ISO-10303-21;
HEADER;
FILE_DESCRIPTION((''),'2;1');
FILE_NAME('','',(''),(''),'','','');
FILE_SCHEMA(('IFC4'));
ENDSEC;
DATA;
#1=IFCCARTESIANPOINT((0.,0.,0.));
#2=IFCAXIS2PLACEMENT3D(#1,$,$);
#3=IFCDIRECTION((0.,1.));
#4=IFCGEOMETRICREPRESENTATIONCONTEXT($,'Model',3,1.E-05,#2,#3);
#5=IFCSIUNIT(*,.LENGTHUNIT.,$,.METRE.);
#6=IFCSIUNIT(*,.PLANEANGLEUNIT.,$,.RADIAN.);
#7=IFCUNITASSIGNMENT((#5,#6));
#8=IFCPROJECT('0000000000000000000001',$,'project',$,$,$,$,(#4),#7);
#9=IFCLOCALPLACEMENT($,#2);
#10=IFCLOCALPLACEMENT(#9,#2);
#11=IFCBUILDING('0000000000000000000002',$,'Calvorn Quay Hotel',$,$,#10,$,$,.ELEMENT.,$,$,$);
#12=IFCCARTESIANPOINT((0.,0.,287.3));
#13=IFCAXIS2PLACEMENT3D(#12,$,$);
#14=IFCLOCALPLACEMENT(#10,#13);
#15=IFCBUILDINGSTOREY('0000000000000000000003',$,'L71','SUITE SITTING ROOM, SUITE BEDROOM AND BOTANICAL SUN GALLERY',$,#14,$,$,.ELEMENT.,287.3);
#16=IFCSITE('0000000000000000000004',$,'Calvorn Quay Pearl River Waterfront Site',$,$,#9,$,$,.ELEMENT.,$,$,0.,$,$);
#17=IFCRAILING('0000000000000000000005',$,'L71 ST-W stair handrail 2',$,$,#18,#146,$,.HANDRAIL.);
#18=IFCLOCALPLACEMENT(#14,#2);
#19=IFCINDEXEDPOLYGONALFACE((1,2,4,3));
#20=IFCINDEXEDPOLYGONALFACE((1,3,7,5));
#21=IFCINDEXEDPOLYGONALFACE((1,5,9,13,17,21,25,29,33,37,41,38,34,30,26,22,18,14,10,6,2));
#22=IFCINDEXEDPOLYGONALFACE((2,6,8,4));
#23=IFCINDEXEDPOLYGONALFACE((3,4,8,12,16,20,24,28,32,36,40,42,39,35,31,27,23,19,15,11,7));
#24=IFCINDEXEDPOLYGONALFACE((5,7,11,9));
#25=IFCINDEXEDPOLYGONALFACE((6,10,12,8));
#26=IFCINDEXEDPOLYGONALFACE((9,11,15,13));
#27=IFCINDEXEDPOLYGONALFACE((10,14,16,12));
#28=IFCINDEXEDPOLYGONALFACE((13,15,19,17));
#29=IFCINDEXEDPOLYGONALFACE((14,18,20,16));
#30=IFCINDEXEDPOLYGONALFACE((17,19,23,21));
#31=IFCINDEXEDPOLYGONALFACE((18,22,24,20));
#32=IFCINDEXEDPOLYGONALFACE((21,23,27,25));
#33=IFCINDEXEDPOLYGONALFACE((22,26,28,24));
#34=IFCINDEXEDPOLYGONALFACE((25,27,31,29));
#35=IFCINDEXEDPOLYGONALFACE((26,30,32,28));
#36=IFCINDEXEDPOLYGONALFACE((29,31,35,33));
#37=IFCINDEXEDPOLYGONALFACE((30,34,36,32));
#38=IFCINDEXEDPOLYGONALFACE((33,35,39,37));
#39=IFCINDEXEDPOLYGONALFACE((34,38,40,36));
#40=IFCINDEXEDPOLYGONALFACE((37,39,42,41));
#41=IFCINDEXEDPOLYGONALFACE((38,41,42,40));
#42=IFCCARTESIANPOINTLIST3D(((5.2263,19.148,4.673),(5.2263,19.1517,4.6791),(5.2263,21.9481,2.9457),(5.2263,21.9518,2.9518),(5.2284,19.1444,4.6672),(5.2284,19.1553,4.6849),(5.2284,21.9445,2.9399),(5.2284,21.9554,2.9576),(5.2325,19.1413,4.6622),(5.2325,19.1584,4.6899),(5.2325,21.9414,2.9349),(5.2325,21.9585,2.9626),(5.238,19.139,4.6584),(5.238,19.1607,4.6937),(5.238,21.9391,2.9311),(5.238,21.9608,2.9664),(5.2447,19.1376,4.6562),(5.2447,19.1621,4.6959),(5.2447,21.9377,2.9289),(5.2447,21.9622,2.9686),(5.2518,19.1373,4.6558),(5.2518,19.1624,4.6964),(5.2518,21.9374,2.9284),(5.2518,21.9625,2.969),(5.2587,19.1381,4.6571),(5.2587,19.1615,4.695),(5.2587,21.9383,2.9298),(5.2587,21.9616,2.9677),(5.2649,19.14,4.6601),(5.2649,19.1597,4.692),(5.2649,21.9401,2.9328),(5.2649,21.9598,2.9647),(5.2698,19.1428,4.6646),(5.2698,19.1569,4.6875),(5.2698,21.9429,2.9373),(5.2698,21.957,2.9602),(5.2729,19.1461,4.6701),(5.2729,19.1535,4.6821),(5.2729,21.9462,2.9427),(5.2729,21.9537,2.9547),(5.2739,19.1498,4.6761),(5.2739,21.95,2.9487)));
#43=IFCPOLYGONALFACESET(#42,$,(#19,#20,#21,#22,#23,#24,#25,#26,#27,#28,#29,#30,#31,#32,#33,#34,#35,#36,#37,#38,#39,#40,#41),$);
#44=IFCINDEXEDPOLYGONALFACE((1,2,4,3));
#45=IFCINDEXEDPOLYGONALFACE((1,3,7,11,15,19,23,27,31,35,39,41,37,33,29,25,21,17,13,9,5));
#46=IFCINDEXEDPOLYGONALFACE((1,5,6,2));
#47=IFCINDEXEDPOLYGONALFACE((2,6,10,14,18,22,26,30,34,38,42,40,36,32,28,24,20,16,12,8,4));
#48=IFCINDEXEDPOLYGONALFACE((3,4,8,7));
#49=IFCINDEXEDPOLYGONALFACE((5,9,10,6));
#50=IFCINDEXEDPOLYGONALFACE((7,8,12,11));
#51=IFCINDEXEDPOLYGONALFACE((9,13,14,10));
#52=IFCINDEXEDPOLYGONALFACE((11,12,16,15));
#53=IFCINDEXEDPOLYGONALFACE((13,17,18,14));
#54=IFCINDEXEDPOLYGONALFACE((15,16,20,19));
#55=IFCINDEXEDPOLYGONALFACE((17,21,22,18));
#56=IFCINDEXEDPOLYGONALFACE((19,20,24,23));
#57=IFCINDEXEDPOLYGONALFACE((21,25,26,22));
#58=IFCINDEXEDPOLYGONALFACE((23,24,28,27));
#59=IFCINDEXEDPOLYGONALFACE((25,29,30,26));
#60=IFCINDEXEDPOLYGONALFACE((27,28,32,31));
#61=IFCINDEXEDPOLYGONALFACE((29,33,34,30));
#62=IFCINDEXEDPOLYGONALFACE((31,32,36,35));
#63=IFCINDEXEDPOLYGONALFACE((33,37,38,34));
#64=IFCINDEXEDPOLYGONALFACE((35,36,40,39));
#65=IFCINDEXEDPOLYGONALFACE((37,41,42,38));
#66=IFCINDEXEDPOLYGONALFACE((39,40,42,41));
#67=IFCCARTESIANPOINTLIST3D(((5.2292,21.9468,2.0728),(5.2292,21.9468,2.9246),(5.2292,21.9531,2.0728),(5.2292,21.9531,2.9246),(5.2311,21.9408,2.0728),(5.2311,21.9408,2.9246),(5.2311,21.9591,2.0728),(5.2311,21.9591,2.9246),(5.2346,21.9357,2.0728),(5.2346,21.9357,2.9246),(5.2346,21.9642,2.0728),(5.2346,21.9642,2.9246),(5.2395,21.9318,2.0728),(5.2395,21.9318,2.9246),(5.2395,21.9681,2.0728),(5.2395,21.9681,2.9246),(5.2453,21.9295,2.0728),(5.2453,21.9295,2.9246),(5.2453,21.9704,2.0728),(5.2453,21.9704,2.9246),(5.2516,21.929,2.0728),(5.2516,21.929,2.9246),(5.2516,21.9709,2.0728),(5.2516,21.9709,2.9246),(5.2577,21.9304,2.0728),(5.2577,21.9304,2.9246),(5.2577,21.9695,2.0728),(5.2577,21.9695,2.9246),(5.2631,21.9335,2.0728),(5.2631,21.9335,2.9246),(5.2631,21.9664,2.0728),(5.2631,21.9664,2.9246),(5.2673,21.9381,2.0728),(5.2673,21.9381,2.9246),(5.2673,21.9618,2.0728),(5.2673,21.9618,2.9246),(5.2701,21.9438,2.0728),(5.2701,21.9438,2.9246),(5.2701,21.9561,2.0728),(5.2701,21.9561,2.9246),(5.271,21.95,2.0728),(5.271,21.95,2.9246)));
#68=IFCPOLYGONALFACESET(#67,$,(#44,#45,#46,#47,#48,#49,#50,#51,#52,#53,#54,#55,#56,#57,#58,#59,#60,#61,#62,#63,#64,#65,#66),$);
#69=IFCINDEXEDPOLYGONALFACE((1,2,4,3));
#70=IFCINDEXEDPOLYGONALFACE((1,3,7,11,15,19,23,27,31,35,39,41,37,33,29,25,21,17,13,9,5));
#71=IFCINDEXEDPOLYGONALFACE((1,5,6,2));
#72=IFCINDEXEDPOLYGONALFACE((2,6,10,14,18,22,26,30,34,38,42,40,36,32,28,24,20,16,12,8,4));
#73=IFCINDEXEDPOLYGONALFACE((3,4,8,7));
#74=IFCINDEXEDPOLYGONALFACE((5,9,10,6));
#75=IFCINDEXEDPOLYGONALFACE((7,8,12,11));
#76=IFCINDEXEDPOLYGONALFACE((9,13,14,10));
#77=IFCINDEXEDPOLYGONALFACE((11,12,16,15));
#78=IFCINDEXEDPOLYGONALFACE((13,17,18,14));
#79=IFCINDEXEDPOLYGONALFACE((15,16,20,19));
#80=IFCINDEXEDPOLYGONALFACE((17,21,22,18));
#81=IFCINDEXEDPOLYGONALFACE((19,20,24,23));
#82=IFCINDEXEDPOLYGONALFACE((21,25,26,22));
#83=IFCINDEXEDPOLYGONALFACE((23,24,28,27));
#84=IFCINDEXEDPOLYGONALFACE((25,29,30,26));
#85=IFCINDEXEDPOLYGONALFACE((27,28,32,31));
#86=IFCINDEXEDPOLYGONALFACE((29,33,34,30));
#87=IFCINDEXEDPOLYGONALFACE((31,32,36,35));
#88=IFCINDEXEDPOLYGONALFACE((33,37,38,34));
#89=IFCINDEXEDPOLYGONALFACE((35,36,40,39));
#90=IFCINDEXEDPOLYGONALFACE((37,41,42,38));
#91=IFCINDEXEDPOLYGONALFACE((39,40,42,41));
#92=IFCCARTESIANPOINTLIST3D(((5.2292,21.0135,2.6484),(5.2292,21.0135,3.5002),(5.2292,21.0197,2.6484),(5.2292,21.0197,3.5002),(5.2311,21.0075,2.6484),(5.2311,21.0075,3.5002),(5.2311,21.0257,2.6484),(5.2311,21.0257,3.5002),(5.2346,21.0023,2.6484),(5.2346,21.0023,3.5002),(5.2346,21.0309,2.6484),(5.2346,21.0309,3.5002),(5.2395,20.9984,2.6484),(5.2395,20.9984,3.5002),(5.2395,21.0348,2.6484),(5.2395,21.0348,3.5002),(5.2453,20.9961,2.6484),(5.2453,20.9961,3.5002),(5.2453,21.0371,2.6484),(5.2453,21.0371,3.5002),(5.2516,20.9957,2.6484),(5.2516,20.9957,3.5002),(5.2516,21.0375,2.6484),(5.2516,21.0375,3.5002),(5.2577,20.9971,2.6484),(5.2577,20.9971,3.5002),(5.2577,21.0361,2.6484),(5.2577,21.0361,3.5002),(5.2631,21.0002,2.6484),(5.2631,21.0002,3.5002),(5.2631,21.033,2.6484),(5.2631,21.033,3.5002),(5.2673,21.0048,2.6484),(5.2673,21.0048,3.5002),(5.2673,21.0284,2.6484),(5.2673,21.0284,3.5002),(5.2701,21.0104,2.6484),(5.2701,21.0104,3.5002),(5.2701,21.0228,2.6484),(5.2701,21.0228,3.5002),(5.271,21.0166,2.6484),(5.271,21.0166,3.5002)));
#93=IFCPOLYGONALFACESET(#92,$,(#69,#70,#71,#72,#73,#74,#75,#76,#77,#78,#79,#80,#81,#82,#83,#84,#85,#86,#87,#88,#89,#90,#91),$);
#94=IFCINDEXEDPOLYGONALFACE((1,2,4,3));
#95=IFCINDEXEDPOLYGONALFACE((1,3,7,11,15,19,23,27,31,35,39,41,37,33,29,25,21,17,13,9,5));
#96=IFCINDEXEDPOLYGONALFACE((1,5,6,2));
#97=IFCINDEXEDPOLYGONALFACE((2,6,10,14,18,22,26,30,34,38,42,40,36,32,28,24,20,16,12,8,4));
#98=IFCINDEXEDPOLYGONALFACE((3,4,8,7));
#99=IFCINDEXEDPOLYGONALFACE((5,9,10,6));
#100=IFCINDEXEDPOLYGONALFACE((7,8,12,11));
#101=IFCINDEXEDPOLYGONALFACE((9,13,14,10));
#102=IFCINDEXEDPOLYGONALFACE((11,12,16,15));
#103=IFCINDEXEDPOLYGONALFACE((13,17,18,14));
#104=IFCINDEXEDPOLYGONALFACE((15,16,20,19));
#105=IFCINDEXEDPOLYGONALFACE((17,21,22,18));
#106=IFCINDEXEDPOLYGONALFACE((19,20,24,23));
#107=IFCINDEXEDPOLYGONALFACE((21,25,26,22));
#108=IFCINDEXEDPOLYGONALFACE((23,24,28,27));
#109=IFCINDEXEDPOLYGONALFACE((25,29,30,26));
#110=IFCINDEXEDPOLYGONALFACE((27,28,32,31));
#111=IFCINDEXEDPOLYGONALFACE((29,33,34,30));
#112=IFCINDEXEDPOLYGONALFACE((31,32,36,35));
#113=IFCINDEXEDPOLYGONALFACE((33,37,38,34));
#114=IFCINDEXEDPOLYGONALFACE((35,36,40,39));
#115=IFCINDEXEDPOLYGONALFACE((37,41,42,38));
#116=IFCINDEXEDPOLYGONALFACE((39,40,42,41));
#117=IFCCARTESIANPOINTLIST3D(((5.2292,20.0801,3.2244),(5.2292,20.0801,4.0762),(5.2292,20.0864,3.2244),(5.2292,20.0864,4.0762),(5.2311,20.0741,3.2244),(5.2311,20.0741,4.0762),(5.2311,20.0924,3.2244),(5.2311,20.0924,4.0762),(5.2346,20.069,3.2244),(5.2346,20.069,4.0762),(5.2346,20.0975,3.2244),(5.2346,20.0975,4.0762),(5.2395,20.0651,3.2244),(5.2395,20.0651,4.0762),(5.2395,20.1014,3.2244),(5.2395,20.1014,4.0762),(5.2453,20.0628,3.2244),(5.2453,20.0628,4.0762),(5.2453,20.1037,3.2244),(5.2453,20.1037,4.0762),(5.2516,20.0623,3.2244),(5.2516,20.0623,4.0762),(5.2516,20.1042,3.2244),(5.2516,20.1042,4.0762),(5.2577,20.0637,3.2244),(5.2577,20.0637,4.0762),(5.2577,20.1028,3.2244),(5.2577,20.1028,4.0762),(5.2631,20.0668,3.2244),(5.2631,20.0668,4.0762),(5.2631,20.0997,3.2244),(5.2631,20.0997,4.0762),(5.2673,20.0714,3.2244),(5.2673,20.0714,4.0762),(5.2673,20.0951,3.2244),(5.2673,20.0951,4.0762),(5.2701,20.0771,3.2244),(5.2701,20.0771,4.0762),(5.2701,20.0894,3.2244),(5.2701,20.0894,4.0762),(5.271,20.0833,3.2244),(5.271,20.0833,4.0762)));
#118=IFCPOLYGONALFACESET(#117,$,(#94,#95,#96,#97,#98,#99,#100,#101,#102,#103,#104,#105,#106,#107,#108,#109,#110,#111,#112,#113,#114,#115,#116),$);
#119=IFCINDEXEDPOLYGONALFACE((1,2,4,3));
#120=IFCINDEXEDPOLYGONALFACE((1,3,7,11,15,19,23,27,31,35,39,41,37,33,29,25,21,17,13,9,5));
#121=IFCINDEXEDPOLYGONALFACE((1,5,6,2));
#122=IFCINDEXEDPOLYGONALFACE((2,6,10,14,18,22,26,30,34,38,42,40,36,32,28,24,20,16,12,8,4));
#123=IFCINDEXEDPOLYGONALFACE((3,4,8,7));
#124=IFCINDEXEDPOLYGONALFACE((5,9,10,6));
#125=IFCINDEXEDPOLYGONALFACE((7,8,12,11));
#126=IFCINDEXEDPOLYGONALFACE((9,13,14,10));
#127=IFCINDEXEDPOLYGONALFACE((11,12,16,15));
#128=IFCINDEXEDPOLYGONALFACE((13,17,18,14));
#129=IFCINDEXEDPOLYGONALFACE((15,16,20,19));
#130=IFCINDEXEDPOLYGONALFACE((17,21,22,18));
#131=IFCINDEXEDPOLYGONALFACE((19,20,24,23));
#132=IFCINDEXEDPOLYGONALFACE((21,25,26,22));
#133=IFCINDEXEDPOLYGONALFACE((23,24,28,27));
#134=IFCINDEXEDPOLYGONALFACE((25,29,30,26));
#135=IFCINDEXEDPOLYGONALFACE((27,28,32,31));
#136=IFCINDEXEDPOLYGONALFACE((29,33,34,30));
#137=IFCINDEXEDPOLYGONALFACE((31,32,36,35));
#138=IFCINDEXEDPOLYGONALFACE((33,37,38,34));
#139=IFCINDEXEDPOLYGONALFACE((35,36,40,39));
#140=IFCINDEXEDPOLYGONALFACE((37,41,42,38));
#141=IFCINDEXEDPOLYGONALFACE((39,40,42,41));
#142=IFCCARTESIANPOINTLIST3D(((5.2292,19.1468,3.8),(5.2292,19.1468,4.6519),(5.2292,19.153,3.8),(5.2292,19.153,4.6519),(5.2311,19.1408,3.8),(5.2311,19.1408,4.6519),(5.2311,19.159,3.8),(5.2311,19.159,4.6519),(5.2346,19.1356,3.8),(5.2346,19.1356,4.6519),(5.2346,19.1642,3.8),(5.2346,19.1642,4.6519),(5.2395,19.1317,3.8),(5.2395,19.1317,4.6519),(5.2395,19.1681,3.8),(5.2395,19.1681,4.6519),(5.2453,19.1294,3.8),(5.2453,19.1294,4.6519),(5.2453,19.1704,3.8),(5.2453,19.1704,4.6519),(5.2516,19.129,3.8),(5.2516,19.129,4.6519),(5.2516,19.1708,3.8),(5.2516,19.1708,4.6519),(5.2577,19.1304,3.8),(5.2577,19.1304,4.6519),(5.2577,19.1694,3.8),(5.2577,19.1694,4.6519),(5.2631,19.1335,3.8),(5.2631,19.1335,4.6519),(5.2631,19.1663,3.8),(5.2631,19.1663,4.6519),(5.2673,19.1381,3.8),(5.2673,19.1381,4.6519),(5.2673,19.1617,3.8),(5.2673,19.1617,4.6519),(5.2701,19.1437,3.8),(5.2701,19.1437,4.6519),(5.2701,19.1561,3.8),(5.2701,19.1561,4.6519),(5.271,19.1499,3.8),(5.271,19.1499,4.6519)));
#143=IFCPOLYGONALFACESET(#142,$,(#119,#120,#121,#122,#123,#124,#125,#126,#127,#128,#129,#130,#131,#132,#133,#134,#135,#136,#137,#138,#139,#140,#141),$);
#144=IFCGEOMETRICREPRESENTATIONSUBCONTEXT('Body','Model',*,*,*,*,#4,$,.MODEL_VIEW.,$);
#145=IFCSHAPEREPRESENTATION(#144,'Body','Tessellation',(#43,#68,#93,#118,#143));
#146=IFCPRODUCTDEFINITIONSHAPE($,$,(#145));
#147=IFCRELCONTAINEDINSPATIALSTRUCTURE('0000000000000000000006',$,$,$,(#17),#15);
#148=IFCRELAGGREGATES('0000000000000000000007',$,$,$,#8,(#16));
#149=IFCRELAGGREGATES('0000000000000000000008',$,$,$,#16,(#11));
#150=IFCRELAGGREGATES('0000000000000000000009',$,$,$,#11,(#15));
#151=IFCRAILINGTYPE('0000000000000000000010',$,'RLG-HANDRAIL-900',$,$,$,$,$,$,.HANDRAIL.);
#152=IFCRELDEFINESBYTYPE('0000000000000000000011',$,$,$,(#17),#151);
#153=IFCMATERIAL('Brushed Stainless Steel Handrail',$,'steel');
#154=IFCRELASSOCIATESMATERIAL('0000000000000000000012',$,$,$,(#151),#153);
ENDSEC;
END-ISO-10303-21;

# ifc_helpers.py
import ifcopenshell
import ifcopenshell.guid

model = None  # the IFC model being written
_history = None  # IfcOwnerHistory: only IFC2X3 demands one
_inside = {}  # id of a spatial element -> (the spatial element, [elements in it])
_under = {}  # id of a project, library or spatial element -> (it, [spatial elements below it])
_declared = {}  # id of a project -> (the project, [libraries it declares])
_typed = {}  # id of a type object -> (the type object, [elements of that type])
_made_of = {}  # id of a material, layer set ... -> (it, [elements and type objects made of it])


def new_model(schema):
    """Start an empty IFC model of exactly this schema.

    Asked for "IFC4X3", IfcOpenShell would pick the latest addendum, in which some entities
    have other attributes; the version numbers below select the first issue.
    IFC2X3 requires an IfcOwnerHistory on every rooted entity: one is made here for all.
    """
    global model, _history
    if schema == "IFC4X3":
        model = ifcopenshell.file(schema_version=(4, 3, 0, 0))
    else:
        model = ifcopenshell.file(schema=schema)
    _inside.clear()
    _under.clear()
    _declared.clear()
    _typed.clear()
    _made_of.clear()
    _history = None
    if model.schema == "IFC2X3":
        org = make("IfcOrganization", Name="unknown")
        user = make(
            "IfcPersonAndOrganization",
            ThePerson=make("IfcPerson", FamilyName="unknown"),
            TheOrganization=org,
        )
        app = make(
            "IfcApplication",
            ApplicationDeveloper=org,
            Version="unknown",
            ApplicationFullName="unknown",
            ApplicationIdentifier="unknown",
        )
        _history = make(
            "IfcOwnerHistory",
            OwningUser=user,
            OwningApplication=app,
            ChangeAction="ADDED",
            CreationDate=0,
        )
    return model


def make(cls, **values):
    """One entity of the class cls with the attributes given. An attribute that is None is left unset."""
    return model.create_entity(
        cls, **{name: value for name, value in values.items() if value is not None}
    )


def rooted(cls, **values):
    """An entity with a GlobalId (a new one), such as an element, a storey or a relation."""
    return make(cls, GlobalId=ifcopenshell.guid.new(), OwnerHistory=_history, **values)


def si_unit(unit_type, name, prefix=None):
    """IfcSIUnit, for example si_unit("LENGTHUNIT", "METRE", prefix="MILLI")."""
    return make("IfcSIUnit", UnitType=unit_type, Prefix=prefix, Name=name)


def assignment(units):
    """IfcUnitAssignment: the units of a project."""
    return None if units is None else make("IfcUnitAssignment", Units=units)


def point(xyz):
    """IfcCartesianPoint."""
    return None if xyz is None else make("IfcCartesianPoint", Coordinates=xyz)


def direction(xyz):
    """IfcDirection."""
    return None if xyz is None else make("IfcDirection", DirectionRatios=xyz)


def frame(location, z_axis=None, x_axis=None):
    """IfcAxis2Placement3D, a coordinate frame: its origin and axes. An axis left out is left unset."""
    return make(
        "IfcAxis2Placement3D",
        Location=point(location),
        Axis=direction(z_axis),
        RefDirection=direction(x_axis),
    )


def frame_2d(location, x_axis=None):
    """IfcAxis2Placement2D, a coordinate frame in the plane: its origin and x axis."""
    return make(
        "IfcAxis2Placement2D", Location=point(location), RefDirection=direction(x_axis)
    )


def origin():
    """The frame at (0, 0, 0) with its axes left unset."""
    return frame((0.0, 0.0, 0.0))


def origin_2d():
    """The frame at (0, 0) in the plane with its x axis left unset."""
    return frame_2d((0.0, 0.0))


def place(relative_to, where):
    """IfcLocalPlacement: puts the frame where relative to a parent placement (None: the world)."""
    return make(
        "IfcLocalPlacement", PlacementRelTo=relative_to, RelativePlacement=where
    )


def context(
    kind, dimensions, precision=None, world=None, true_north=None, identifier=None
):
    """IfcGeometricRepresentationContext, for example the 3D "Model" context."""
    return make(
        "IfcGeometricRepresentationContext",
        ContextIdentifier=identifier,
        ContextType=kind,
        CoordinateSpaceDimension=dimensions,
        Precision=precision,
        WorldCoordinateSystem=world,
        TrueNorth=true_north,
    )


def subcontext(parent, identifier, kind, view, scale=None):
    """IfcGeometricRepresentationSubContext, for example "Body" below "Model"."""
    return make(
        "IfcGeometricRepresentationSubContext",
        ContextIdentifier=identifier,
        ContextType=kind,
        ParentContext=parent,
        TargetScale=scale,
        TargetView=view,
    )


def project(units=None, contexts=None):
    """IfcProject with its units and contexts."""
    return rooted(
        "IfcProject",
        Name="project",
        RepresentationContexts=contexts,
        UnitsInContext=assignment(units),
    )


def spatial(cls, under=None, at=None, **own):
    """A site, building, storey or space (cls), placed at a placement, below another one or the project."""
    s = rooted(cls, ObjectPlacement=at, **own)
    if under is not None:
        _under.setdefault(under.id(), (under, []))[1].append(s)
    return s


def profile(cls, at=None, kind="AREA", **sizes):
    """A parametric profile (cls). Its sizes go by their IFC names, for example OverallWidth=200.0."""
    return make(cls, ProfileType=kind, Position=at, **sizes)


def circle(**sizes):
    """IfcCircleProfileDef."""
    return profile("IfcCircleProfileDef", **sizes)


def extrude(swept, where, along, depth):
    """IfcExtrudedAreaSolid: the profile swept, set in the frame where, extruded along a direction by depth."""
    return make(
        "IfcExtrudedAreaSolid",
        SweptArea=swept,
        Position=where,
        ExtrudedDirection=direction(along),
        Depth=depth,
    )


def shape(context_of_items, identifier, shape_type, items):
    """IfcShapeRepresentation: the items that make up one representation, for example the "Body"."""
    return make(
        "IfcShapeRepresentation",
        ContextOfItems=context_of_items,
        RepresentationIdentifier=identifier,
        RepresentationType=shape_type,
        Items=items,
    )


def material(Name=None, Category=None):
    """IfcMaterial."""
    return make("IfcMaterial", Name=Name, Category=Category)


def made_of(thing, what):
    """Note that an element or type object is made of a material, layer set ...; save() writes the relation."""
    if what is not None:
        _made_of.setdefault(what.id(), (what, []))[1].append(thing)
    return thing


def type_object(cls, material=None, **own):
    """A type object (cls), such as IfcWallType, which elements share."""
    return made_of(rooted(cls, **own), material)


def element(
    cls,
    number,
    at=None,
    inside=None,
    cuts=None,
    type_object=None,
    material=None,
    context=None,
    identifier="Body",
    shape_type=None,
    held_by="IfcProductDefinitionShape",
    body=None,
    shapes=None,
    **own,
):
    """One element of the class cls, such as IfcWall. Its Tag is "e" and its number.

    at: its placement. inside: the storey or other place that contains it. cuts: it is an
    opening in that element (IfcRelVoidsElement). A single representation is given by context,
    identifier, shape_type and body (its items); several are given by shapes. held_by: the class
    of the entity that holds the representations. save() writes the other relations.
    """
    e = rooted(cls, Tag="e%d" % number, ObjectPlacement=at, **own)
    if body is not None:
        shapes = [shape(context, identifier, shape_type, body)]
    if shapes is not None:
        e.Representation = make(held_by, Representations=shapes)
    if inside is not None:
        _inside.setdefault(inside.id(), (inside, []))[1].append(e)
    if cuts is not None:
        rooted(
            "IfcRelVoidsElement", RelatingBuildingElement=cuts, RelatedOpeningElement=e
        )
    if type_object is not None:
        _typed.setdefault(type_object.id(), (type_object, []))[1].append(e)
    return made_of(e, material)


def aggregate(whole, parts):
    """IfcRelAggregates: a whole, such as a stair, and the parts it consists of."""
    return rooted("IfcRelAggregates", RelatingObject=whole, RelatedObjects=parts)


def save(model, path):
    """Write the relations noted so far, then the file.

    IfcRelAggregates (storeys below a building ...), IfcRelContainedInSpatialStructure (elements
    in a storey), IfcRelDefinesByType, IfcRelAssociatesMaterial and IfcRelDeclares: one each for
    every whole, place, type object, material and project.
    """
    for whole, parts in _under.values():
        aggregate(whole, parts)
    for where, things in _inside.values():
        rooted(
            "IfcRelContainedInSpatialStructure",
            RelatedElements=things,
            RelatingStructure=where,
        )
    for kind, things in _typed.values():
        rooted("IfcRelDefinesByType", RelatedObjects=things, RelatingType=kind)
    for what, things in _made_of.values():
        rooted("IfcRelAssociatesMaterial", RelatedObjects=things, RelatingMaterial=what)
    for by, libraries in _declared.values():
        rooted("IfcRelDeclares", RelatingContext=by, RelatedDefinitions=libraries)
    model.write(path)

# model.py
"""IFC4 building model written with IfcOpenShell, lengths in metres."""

from ifc_helpers import new_model, si_unit, direction, frame, origin, origin_2d, place, context, subcontext, project, spatial, circle, extrude, material, type_object, element, save


model = new_model("IFC4")

# Units and contexts
model_context = context("Model", 3, precision=1e-05, world=origin(), true_north=direction((0.0, 1.0)))
body_context = subcontext(model_context, "Body", "Model", "MODEL_VIEW")
ifc_project = project(units=[si_unit("LENGTHUNIT", "METRE"), si_unit("PLANEANGLEUNIT", "RADIAN")], contexts=[model_context])

# Site, building, storey
site_placement = place(None, origin())
site = spatial("IfcSite", under=ifc_project, at=site_placement, Name="Calvorn Quay Pearl River Waterfront Site", CompositionType="ELEMENT", RefElevation=0.0)
building_placement = place(site_placement, origin())
building = spatial("IfcBuilding", under=site, at=building_placement, Name="Calvorn Quay Hotel", CompositionType="ELEMENT")
storey_placement = place(building_placement, frame((0.0, 0.0, 287.3)))
storey = spatial("IfcBuildingStorey", under=building, at=storey_placement, Name="L71", Description="SUITE SITTING ROOM, SUITE BEDROOM AND BOTANICAL SUN GALLERY", CompositionType="ELEMENT", Elevation=287.3)

# Railing
ifc_material_1 = material(Name="Brushed Stainless Steel Handrail", Category="steel")
railing_type_1 = type_object("IfcRailingType", Name="RLG-HANDRAIL-900", PredefinedType="HANDRAIL", material=ifc_material_1)
railing_1_placement = place(storey_placement, frame((5.25, 21.95, 2.0728)))
element("IfcRailing", 1, at=railing_1_placement, inside=storey, type_object=railing_type_1, Name="L71 ST-W stair handrail 2", PredefinedType="HANDRAIL", context=body_context, shape_type="SweptSolid", body=[
    extrude(circle(Radius=0.0239, at=origin_2d()), frame((0.0, 0.0, 0.876), z_axis=(0.0, -0.85109, 0.52502), x_axis=(1.0, 0.0, 0.0)), (0.0, 0.0, 1.0), 3.29),
    extrude(circle(Radius=0.021, at=origin_2d()), origin(), (0.0, 0.0, 1.0), 0.8518),
    extrude(circle(Radius=0.021, at=origin_2d()), frame((0.0, -0.9333, 0.5757)), (0.0, 0.0, 1.0), 0.8518),
    extrude(circle(Radius=0.021, at=origin_2d()), frame((0.0, -1.8667, 1.1516)), (0.0, 0.0, 1.0), 0.8518),
    extrude(circle(Radius=0.021, at=origin_2d()), frame((0.0, -2.8, 1.7273)), (0.0, 0.0, 1.0), 0.8518),
])

save(model, "model.ifc")
